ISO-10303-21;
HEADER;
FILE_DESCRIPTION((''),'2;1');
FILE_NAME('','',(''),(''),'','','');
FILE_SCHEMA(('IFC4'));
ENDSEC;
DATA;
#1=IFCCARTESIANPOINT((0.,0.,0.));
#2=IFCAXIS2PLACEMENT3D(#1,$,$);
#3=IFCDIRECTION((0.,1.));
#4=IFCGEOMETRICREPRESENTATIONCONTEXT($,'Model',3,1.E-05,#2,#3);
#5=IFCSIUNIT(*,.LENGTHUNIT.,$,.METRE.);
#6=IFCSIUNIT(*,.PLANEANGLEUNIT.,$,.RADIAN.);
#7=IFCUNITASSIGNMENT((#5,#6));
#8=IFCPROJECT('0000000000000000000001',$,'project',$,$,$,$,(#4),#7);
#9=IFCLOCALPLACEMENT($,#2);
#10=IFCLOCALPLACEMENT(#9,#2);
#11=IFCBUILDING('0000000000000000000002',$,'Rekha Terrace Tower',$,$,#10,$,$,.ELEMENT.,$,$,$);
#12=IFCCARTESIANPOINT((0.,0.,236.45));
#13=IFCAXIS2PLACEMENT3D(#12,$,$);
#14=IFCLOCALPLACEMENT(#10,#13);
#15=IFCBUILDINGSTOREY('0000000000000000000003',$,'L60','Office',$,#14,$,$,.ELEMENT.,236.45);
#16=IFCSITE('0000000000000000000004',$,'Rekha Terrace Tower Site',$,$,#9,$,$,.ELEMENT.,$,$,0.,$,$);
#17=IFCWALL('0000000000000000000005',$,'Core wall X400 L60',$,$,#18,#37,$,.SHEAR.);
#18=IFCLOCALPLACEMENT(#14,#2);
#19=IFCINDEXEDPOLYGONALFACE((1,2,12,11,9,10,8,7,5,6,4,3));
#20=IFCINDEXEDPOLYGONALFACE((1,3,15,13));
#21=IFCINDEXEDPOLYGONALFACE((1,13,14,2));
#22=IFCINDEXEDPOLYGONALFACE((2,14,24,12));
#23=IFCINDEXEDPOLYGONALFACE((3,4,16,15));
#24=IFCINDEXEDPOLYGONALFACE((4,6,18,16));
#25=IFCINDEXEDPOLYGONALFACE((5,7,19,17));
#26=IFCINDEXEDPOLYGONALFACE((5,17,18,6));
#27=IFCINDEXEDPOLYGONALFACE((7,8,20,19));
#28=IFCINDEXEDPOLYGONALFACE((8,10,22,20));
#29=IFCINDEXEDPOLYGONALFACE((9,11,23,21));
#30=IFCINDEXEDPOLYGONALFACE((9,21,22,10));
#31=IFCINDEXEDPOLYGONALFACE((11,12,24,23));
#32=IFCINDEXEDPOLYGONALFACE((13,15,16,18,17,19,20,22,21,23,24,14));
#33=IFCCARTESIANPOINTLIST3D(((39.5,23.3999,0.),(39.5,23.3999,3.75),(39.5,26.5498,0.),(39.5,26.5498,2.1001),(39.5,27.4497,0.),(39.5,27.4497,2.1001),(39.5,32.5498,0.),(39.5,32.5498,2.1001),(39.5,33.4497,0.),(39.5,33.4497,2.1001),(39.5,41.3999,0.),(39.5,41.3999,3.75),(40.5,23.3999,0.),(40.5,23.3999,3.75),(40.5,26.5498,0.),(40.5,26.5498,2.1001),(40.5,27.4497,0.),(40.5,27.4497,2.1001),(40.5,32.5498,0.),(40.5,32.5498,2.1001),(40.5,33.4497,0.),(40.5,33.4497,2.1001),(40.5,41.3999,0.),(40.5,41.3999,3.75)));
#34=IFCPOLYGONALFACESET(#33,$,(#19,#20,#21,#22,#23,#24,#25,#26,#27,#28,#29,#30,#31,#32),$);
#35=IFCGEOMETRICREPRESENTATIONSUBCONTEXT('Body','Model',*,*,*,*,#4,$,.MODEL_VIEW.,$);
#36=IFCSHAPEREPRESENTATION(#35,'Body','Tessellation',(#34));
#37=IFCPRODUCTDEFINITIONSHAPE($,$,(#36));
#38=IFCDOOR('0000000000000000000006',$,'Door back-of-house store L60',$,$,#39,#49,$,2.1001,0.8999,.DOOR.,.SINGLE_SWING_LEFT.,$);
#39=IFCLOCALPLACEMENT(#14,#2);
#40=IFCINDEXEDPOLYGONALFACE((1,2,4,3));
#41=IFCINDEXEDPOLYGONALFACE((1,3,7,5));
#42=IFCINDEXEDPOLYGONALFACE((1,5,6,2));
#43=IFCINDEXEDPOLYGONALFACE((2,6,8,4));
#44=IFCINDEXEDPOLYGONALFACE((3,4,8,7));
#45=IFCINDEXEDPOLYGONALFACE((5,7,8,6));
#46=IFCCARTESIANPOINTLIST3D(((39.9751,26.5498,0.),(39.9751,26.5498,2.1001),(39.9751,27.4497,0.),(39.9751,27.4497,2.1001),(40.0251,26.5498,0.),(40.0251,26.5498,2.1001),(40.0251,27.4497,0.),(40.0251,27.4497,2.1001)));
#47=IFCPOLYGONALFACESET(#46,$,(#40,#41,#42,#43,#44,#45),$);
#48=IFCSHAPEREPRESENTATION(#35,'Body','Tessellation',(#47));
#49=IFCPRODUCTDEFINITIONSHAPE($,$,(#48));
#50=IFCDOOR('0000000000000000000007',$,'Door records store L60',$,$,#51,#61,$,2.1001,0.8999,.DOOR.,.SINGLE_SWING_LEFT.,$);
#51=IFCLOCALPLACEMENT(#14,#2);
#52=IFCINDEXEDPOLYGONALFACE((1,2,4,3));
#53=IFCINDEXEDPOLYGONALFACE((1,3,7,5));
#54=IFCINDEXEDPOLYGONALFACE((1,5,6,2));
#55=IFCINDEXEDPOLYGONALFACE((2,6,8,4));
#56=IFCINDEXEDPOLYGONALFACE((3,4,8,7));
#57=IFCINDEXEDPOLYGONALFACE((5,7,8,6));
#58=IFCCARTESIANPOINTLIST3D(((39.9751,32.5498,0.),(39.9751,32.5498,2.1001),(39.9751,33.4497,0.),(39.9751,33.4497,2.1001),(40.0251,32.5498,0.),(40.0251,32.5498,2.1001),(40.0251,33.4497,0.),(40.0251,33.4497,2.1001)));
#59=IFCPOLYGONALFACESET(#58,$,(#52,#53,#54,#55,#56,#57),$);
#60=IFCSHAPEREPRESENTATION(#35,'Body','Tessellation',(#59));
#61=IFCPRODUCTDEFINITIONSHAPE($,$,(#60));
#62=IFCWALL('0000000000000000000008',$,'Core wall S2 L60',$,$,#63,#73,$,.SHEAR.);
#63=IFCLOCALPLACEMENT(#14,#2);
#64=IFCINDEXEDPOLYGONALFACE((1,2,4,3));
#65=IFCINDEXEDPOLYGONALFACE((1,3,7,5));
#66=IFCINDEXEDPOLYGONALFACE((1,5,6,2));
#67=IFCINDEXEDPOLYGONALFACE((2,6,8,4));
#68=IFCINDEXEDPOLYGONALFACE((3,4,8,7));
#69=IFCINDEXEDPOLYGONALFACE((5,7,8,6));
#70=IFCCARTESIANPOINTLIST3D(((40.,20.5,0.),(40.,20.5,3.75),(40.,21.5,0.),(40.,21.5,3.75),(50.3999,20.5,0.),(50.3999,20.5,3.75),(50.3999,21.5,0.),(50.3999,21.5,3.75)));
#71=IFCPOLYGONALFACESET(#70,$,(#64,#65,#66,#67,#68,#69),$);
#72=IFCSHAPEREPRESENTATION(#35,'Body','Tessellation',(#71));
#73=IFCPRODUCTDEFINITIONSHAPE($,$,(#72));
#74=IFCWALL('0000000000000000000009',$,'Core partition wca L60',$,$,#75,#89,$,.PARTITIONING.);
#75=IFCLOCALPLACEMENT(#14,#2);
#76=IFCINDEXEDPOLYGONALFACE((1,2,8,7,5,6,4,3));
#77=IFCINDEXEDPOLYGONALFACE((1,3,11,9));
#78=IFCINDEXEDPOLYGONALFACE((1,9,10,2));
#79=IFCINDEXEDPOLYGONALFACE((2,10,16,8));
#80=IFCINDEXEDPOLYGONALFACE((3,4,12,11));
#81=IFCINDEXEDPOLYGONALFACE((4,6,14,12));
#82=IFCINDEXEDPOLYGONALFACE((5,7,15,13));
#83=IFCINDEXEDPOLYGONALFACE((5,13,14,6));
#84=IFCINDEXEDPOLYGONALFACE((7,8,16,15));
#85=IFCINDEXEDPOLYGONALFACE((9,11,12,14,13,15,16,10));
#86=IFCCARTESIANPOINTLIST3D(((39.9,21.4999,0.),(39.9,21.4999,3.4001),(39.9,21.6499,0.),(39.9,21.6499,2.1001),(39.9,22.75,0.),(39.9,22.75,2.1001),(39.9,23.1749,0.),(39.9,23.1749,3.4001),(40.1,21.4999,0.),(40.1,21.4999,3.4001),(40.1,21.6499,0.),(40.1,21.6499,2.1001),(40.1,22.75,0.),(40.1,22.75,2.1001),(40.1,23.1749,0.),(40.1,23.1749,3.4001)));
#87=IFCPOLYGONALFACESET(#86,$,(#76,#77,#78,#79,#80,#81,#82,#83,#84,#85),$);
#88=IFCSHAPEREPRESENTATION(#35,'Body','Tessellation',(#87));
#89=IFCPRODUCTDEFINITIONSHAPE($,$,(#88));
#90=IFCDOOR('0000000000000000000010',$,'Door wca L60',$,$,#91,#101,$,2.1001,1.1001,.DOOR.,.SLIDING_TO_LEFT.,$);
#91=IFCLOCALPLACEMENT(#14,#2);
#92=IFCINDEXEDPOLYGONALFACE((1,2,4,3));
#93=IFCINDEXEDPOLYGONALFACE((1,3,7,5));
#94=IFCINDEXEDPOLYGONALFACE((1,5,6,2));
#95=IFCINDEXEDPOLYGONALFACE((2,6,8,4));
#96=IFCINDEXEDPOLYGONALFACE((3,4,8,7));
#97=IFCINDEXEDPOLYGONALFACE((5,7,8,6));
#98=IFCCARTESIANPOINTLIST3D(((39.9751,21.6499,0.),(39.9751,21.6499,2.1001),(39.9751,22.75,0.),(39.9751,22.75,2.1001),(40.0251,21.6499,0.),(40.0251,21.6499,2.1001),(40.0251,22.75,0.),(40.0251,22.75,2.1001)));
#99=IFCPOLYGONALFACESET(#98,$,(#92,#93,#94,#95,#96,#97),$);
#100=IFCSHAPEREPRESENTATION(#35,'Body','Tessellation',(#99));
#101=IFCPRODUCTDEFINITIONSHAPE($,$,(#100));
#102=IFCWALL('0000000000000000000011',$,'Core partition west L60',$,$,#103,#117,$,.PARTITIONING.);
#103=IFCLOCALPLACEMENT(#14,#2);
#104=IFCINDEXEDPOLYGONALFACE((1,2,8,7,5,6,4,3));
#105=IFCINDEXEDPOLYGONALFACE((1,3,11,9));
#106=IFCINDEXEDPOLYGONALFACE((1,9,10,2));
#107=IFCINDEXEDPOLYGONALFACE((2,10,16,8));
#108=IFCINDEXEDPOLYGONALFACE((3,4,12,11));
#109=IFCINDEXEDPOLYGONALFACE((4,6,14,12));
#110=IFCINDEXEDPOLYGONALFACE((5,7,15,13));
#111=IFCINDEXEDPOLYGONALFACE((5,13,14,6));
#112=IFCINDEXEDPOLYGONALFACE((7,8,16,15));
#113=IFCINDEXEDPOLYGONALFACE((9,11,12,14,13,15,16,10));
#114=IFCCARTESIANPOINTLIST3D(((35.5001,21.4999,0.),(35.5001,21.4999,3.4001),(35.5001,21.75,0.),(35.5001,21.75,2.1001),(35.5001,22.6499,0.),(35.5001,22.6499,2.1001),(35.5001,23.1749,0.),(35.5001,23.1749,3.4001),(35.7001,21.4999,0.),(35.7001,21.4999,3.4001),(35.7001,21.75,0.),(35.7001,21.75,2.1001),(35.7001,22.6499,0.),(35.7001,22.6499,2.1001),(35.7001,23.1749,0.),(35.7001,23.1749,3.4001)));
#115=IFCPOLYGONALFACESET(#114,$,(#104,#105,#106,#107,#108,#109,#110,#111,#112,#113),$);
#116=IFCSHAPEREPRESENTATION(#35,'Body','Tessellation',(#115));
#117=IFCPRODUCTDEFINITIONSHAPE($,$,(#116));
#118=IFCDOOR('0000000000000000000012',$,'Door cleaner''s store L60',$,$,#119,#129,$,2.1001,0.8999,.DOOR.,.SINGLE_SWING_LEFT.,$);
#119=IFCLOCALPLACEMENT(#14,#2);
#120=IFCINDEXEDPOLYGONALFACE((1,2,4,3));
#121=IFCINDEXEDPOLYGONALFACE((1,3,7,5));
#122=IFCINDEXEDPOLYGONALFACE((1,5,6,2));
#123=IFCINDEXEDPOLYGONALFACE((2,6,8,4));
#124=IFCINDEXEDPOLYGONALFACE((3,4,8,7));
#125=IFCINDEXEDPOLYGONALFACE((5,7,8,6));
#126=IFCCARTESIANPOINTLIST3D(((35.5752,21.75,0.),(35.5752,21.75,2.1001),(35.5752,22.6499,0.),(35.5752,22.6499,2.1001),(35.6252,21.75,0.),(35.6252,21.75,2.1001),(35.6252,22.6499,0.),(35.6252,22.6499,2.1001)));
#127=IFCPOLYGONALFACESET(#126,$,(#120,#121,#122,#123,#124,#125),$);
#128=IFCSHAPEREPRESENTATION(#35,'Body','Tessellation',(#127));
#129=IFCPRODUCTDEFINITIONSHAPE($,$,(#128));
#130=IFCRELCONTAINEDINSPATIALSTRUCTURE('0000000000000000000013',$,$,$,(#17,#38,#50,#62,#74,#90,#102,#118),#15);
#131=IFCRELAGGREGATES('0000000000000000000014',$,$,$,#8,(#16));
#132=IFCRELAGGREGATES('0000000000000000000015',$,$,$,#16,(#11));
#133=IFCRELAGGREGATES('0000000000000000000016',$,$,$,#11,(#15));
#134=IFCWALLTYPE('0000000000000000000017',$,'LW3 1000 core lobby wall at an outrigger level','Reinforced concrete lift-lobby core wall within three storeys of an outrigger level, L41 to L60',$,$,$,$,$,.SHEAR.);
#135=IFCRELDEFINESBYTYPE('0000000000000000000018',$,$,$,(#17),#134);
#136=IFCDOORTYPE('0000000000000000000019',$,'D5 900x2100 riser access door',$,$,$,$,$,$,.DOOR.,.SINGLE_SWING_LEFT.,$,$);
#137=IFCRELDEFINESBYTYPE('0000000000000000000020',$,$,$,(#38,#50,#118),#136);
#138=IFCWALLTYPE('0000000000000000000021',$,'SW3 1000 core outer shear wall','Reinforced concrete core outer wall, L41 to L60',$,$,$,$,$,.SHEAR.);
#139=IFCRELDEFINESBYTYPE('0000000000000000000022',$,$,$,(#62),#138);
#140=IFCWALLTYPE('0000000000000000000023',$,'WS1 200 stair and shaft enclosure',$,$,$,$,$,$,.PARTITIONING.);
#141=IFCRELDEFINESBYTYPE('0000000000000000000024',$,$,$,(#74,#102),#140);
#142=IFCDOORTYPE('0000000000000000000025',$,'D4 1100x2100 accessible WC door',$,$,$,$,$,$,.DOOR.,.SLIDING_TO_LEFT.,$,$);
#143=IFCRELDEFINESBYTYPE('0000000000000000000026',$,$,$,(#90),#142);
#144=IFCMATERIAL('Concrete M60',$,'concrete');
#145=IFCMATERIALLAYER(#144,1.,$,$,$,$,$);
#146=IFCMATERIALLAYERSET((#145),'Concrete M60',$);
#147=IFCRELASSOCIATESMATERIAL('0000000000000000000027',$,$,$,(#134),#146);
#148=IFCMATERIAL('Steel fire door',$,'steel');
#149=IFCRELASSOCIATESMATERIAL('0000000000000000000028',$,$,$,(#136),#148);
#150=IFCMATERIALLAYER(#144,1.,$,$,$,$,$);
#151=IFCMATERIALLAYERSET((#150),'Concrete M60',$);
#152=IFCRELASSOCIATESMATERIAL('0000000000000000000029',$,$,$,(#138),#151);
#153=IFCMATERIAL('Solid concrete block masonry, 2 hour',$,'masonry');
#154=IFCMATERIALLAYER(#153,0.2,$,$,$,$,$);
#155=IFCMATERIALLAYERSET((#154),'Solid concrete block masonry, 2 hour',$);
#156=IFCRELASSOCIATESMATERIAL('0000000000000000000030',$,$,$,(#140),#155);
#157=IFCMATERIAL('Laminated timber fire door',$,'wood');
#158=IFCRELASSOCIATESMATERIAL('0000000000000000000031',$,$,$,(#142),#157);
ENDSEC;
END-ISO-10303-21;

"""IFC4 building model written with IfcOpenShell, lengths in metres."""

from ifc_helpers import new_model, si_unit, direction, frame, frame_2d, origin, place, context, subcontext, project, spatial, rectangle, extrude, material, layer, layer_set, type_object, element, fill, save


model = new_model("IFC4")

# Units and contexts
model_context = context("Model", 3, precision=1e-05, world=origin(), true_north=direction((0.0, 1.0)))
body_context = subcontext(model_context, "Body", "Model", "MODEL_VIEW")
ifc_project = project(units=[si_unit("LENGTHUNIT", "METRE"), si_unit("PLANEANGLEUNIT", "RADIAN")], contexts=[model_context])

# Site, building, storey
site_placement = place(None, origin())
site = spatial("IfcSite", under=ifc_project, at=site_placement, Name="Rekha Terrace Tower Site", CompositionType="ELEMENT", RefElevation=0.0)
building_placement = place(site_placement, origin())
building = spatial("IfcBuilding", under=site, at=building_placement, Name="Rekha Terrace Tower", CompositionType="ELEMENT")
storey_placement = place(building_placement, frame((0.0, 0.0, 236.45)))
storey = spatial("IfcBuildingStorey", under=building, at=storey_placement, Name="L60", Description="Office", CompositionType="ELEMENT", Elevation=236.45)

# Shared definitions
ifc_material_1 = material(Name="Concrete M60", Category="concrete")

# Wall, openings, doors
ifc_layer_1 = layer(ifc_material_1, 1.0)
ifc_layer_set_1 = layer_set([ifc_layer_1], Name="Concrete M60")
wall_type_1 = type_object("IfcWallType", Name="LW3 1000 core lobby wall at an outrigger level", Description="Reinforced concrete lift-lobby core wall within three storeys of an outrigger level, L41 to L60", PredefinedType="SHEAR", material=ifc_layer_set_1)
wall_1_placement = place(storey_placement, frame((40.0, 23.3999, 0.0), z_axis=(0.0, 0.0, 1.0), x_axis=(0.0, 1.0, 0.0)))
wall_1 = element("IfcWall", 1, at=wall_1_placement, inside=storey, type_object=wall_type_1, Name="Core wall X400 L60", PredefinedType="SHEAR", context=body_context, shape_type="SweptSolid", body=[
    extrude(rectangle(XDim=18.0, YDim=1.0, at=frame_2d((9.0, 0.0))), origin(), (0.0, 0.0, 1.0), 3.75),
])
opening_1_placement = place(wall_1_placement, frame((3.1499, 0.0, 0.0)))
opening_1 = element("IfcOpeningElement", 2, at=opening_1_placement, cuts=wall_1, PredefinedType="OPENING", context=body_context, shape_type="SweptSolid", body=[
    extrude(rectangle(XDim=0.8999, YDim=2.1001, at=frame_2d((0.45, 1.05))), frame((0.0, 0.51, 0.0), z_axis=(0.0, -1.0, 0.0), x_axis=(1.0, 0.0, 0.0)), (0.0, 0.0, 1.0), 1.02),
])
opening_2_placement = place(wall_1_placement, frame((9.1499, 0.0, 0.0)))
opening_2 = element("IfcOpeningElement", 3, at=opening_2_placement, cuts=wall_1, PredefinedType="OPENING", context=body_context, shape_type="SweptSolid", body=[
    extrude(rectangle(XDim=0.8999, YDim=2.1001, at=frame_2d((0.45, 1.05))), frame((0.0, 0.51, 0.0), z_axis=(0.0, -1.0, 0.0), x_axis=(1.0, 0.0, 0.0)), (0.0, 0.0, 1.0), 1.02),
])
ifc_material_2 = material(Name="Steel fire door", Category="steel")
door_type_1 = type_object("IfcDoorType", Name="D5 900x2100 riser access door", OperationType="SINGLE_SWING_LEFT", PredefinedType="DOOR", material=ifc_material_2)
door_1_placement = place(opening_1_placement, origin())
door_1 = element("IfcDoor", 4, at=door_1_placement, inside=storey, type_object=door_type_1, Name="Door back-of-house store L60", OperationType="SINGLE_SWING_LEFT", OverallHeight=2.1001, OverallWidth=0.8999, PredefinedType="DOOR", context=body_context, shape_type="SweptSolid", body=[
    extrude(rectangle(XDim=0.8999, YDim=2.1001, at=frame_2d((0.45, 1.05))), frame((0.0, 0.0249, 0.0), z_axis=(0.0, -1.0, 0.0), x_axis=(1.0, 0.0, 0.0)), (0.0, 0.0, 1.0), 0.05),
])
fill(opening_1, door_1)
door_2_placement = place(opening_2_placement, origin())
door_2 = element("IfcDoor", 5, at=door_2_placement, inside=storey, type_object=door_type_1, Name="Door records store L60", OperationType="SINGLE_SWING_LEFT", OverallHeight=2.1001, OverallWidth=0.8999, PredefinedType="DOOR", context=body_context, shape_type="SweptSolid", body=[
    extrude(rectangle(XDim=0.8999, YDim=2.1001, at=frame_2d((0.45, 1.05))), frame((0.0, 0.0249, 0.0), z_axis=(0.0, -1.0, 0.0), x_axis=(1.0, 0.0, 0.0)), (0.0, 0.0, 1.0), 0.05),
])
fill(opening_2, door_2)

# Wall
ifc_layer_2 = layer(ifc_material_1, 1.0)
ifc_layer_set_2 = layer_set([ifc_layer_2], Name="Concrete M60")
wall_type_2 = type_object("IfcWallType", Name="SW3 1000 core outer shear wall", Description="Reinforced concrete core outer wall, L41 to L60", PredefinedType="SHEAR", material=ifc_layer_set_2)
wall_2_placement = place(storey_placement, frame((40.0, 21.0, 0.0), z_axis=(0.0, 0.0, 1.0), x_axis=(1.0, 0.0, 0.0)))
element("IfcWall", 6, at=wall_2_placement, inside=storey, type_object=wall_type_2, Name="Core wall S2 L60", PredefinedType="SHEAR", context=body_context, shape_type="SweptSolid", body=[
    extrude(rectangle(XDim=10.3999, YDim=1.0, at=frame_2d((5.2, 0.0))), origin(), (0.0, 0.0, 1.0), 3.75),
])

# Walls, openings, doors
ifc_material_3 = material(Name="Solid concrete block masonry, 2 hour", Category="masonry")
ifc_layer_3 = layer(ifc_material_3, 0.2)
ifc_layer_set_3 = layer_set([ifc_layer_3], Name="Solid concrete block masonry, 2 hour")
wall_type_3 = type_object("IfcWallType", Name="WS1 200 stair and shaft enclosure", PredefinedType="PARTITIONING", material=ifc_layer_set_3)
wall_3_placement = place(storey_placement, frame((40.0, 21.5, 0.0), z_axis=(0.0, 0.0, 1.0), x_axis=(0.0, 1.0, 0.0)))
wall_3 = element("IfcWall", 7, at=wall_3_placement, inside=storey, type_object=wall_type_3, Name="Core partition wca L60", PredefinedType="PARTITIONING", context=body_context, shape_type="SweptSolid", body=[
    extrude(rectangle(XDim=1.675, YDim=0.2, at=frame_2d((0.8374, 0.0))), origin(), (0.0, 0.0, 1.0), 3.4001),
])
opening_3_placement = place(wall_3_placement, frame((0.1499, 0.0, 0.0)))
opening_3 = element("IfcOpeningElement", 8, at=opening_3_placement, cuts=wall_3, PredefinedType="OPENING", context=body_context, shape_type="SweptSolid", body=[
    extrude(rectangle(XDim=1.1001, YDim=2.1001, at=frame_2d((0.55, 1.05))), frame((0.0, 0.1099, 0.0), z_axis=(0.0, -1.0, 0.0), x_axis=(1.0, 0.0, 0.0)), (0.0, 0.0, 1.0), 0.22),
])
ifc_material_4 = material(Name="Laminated timber fire door", Category="wood")
door_type_2 = type_object("IfcDoorType", Name="D4 1100x2100 accessible WC door", OperationType="SLIDING_TO_LEFT", PredefinedType="DOOR", material=ifc_material_4)
door_3_placement = place(opening_3_placement, origin())
door_3 = element("IfcDoor", 9, at=door_3_placement, inside=storey, type_object=door_type_2, Name="Door wca L60", OperationType="SLIDING_TO_LEFT", OverallHeight=2.1001, OverallWidth=1.1001, PredefinedType="DOOR", context=body_context, shape_type="SweptSolid", body=[
    extrude(rectangle(XDim=1.1001, YDim=2.1001, at=frame_2d((0.55, 1.05))), frame((0.0, 0.0249, 0.0), z_axis=(0.0, -1.0, 0.0), x_axis=(1.0, 0.0, 0.0)), (0.0, 0.0, 1.0), 0.05),
])
fill(opening_3, door_3)
wall_4_placement = place(storey_placement, frame((35.6001, 21.5, 0.0), z_axis=(0.0, 0.0, 1.0), x_axis=(0.0, 1.0, 0.0)))
wall_4 = element("IfcWall", 10, at=wall_4_placement, inside=storey, type_object=wall_type_3, Name="Core partition west L60", PredefinedType="PARTITIONING", context=body_context, shape_type="SweptSolid", body=[
    extrude(rectangle(XDim=1.675, YDim=0.2, at=frame_2d((0.8374, 0.0))), origin(), (0.0, 0.0, 1.0), 3.4001),
])
opening_4_placement = place(wall_4_placement, frame((0.25, 0.0, 0.0)))
opening_4 = element("IfcOpeningElement", 11, at=opening_4_placement, cuts=wall_4, PredefinedType="OPENING", context=body_context, shape_type="SweptSolid", body=[
    extrude(rectangle(XDim=0.8999, YDim=2.1001, at=frame_2d((0.45, 1.05))), frame((0.0, 0.1099, 0.0), z_axis=(0.0, -1.0, 0.0), x_axis=(1.0, 0.0, 0.0)), (0.0, 0.0, 1.0), 0.22),
])
door_4_placement = place(opening_4_placement, origin())
door_4 = element("IfcDoor", 12, at=door_4_placement, inside=storey, type_object=door_type_1, Name="Door cleaner's store L60", OperationType="SINGLE_SWING_LEFT", OverallHeight=2.1001, OverallWidth=0.8999, PredefinedType="DOOR", context=body_context, shape_type="SweptSolid", body=[
    extrude(rectangle(XDim=0.8999, YDim=2.1001, at=frame_2d((0.45, 1.05))), frame((0.0, 0.0249, 0.0), z_axis=(0.0, -1.0, 0.0), x_axis=(1.0, 0.0, 0.0)), (0.0, 0.0, 1.0), 0.05),
])
fill(opening_4, door_4)

save(model, "model.ifc")
